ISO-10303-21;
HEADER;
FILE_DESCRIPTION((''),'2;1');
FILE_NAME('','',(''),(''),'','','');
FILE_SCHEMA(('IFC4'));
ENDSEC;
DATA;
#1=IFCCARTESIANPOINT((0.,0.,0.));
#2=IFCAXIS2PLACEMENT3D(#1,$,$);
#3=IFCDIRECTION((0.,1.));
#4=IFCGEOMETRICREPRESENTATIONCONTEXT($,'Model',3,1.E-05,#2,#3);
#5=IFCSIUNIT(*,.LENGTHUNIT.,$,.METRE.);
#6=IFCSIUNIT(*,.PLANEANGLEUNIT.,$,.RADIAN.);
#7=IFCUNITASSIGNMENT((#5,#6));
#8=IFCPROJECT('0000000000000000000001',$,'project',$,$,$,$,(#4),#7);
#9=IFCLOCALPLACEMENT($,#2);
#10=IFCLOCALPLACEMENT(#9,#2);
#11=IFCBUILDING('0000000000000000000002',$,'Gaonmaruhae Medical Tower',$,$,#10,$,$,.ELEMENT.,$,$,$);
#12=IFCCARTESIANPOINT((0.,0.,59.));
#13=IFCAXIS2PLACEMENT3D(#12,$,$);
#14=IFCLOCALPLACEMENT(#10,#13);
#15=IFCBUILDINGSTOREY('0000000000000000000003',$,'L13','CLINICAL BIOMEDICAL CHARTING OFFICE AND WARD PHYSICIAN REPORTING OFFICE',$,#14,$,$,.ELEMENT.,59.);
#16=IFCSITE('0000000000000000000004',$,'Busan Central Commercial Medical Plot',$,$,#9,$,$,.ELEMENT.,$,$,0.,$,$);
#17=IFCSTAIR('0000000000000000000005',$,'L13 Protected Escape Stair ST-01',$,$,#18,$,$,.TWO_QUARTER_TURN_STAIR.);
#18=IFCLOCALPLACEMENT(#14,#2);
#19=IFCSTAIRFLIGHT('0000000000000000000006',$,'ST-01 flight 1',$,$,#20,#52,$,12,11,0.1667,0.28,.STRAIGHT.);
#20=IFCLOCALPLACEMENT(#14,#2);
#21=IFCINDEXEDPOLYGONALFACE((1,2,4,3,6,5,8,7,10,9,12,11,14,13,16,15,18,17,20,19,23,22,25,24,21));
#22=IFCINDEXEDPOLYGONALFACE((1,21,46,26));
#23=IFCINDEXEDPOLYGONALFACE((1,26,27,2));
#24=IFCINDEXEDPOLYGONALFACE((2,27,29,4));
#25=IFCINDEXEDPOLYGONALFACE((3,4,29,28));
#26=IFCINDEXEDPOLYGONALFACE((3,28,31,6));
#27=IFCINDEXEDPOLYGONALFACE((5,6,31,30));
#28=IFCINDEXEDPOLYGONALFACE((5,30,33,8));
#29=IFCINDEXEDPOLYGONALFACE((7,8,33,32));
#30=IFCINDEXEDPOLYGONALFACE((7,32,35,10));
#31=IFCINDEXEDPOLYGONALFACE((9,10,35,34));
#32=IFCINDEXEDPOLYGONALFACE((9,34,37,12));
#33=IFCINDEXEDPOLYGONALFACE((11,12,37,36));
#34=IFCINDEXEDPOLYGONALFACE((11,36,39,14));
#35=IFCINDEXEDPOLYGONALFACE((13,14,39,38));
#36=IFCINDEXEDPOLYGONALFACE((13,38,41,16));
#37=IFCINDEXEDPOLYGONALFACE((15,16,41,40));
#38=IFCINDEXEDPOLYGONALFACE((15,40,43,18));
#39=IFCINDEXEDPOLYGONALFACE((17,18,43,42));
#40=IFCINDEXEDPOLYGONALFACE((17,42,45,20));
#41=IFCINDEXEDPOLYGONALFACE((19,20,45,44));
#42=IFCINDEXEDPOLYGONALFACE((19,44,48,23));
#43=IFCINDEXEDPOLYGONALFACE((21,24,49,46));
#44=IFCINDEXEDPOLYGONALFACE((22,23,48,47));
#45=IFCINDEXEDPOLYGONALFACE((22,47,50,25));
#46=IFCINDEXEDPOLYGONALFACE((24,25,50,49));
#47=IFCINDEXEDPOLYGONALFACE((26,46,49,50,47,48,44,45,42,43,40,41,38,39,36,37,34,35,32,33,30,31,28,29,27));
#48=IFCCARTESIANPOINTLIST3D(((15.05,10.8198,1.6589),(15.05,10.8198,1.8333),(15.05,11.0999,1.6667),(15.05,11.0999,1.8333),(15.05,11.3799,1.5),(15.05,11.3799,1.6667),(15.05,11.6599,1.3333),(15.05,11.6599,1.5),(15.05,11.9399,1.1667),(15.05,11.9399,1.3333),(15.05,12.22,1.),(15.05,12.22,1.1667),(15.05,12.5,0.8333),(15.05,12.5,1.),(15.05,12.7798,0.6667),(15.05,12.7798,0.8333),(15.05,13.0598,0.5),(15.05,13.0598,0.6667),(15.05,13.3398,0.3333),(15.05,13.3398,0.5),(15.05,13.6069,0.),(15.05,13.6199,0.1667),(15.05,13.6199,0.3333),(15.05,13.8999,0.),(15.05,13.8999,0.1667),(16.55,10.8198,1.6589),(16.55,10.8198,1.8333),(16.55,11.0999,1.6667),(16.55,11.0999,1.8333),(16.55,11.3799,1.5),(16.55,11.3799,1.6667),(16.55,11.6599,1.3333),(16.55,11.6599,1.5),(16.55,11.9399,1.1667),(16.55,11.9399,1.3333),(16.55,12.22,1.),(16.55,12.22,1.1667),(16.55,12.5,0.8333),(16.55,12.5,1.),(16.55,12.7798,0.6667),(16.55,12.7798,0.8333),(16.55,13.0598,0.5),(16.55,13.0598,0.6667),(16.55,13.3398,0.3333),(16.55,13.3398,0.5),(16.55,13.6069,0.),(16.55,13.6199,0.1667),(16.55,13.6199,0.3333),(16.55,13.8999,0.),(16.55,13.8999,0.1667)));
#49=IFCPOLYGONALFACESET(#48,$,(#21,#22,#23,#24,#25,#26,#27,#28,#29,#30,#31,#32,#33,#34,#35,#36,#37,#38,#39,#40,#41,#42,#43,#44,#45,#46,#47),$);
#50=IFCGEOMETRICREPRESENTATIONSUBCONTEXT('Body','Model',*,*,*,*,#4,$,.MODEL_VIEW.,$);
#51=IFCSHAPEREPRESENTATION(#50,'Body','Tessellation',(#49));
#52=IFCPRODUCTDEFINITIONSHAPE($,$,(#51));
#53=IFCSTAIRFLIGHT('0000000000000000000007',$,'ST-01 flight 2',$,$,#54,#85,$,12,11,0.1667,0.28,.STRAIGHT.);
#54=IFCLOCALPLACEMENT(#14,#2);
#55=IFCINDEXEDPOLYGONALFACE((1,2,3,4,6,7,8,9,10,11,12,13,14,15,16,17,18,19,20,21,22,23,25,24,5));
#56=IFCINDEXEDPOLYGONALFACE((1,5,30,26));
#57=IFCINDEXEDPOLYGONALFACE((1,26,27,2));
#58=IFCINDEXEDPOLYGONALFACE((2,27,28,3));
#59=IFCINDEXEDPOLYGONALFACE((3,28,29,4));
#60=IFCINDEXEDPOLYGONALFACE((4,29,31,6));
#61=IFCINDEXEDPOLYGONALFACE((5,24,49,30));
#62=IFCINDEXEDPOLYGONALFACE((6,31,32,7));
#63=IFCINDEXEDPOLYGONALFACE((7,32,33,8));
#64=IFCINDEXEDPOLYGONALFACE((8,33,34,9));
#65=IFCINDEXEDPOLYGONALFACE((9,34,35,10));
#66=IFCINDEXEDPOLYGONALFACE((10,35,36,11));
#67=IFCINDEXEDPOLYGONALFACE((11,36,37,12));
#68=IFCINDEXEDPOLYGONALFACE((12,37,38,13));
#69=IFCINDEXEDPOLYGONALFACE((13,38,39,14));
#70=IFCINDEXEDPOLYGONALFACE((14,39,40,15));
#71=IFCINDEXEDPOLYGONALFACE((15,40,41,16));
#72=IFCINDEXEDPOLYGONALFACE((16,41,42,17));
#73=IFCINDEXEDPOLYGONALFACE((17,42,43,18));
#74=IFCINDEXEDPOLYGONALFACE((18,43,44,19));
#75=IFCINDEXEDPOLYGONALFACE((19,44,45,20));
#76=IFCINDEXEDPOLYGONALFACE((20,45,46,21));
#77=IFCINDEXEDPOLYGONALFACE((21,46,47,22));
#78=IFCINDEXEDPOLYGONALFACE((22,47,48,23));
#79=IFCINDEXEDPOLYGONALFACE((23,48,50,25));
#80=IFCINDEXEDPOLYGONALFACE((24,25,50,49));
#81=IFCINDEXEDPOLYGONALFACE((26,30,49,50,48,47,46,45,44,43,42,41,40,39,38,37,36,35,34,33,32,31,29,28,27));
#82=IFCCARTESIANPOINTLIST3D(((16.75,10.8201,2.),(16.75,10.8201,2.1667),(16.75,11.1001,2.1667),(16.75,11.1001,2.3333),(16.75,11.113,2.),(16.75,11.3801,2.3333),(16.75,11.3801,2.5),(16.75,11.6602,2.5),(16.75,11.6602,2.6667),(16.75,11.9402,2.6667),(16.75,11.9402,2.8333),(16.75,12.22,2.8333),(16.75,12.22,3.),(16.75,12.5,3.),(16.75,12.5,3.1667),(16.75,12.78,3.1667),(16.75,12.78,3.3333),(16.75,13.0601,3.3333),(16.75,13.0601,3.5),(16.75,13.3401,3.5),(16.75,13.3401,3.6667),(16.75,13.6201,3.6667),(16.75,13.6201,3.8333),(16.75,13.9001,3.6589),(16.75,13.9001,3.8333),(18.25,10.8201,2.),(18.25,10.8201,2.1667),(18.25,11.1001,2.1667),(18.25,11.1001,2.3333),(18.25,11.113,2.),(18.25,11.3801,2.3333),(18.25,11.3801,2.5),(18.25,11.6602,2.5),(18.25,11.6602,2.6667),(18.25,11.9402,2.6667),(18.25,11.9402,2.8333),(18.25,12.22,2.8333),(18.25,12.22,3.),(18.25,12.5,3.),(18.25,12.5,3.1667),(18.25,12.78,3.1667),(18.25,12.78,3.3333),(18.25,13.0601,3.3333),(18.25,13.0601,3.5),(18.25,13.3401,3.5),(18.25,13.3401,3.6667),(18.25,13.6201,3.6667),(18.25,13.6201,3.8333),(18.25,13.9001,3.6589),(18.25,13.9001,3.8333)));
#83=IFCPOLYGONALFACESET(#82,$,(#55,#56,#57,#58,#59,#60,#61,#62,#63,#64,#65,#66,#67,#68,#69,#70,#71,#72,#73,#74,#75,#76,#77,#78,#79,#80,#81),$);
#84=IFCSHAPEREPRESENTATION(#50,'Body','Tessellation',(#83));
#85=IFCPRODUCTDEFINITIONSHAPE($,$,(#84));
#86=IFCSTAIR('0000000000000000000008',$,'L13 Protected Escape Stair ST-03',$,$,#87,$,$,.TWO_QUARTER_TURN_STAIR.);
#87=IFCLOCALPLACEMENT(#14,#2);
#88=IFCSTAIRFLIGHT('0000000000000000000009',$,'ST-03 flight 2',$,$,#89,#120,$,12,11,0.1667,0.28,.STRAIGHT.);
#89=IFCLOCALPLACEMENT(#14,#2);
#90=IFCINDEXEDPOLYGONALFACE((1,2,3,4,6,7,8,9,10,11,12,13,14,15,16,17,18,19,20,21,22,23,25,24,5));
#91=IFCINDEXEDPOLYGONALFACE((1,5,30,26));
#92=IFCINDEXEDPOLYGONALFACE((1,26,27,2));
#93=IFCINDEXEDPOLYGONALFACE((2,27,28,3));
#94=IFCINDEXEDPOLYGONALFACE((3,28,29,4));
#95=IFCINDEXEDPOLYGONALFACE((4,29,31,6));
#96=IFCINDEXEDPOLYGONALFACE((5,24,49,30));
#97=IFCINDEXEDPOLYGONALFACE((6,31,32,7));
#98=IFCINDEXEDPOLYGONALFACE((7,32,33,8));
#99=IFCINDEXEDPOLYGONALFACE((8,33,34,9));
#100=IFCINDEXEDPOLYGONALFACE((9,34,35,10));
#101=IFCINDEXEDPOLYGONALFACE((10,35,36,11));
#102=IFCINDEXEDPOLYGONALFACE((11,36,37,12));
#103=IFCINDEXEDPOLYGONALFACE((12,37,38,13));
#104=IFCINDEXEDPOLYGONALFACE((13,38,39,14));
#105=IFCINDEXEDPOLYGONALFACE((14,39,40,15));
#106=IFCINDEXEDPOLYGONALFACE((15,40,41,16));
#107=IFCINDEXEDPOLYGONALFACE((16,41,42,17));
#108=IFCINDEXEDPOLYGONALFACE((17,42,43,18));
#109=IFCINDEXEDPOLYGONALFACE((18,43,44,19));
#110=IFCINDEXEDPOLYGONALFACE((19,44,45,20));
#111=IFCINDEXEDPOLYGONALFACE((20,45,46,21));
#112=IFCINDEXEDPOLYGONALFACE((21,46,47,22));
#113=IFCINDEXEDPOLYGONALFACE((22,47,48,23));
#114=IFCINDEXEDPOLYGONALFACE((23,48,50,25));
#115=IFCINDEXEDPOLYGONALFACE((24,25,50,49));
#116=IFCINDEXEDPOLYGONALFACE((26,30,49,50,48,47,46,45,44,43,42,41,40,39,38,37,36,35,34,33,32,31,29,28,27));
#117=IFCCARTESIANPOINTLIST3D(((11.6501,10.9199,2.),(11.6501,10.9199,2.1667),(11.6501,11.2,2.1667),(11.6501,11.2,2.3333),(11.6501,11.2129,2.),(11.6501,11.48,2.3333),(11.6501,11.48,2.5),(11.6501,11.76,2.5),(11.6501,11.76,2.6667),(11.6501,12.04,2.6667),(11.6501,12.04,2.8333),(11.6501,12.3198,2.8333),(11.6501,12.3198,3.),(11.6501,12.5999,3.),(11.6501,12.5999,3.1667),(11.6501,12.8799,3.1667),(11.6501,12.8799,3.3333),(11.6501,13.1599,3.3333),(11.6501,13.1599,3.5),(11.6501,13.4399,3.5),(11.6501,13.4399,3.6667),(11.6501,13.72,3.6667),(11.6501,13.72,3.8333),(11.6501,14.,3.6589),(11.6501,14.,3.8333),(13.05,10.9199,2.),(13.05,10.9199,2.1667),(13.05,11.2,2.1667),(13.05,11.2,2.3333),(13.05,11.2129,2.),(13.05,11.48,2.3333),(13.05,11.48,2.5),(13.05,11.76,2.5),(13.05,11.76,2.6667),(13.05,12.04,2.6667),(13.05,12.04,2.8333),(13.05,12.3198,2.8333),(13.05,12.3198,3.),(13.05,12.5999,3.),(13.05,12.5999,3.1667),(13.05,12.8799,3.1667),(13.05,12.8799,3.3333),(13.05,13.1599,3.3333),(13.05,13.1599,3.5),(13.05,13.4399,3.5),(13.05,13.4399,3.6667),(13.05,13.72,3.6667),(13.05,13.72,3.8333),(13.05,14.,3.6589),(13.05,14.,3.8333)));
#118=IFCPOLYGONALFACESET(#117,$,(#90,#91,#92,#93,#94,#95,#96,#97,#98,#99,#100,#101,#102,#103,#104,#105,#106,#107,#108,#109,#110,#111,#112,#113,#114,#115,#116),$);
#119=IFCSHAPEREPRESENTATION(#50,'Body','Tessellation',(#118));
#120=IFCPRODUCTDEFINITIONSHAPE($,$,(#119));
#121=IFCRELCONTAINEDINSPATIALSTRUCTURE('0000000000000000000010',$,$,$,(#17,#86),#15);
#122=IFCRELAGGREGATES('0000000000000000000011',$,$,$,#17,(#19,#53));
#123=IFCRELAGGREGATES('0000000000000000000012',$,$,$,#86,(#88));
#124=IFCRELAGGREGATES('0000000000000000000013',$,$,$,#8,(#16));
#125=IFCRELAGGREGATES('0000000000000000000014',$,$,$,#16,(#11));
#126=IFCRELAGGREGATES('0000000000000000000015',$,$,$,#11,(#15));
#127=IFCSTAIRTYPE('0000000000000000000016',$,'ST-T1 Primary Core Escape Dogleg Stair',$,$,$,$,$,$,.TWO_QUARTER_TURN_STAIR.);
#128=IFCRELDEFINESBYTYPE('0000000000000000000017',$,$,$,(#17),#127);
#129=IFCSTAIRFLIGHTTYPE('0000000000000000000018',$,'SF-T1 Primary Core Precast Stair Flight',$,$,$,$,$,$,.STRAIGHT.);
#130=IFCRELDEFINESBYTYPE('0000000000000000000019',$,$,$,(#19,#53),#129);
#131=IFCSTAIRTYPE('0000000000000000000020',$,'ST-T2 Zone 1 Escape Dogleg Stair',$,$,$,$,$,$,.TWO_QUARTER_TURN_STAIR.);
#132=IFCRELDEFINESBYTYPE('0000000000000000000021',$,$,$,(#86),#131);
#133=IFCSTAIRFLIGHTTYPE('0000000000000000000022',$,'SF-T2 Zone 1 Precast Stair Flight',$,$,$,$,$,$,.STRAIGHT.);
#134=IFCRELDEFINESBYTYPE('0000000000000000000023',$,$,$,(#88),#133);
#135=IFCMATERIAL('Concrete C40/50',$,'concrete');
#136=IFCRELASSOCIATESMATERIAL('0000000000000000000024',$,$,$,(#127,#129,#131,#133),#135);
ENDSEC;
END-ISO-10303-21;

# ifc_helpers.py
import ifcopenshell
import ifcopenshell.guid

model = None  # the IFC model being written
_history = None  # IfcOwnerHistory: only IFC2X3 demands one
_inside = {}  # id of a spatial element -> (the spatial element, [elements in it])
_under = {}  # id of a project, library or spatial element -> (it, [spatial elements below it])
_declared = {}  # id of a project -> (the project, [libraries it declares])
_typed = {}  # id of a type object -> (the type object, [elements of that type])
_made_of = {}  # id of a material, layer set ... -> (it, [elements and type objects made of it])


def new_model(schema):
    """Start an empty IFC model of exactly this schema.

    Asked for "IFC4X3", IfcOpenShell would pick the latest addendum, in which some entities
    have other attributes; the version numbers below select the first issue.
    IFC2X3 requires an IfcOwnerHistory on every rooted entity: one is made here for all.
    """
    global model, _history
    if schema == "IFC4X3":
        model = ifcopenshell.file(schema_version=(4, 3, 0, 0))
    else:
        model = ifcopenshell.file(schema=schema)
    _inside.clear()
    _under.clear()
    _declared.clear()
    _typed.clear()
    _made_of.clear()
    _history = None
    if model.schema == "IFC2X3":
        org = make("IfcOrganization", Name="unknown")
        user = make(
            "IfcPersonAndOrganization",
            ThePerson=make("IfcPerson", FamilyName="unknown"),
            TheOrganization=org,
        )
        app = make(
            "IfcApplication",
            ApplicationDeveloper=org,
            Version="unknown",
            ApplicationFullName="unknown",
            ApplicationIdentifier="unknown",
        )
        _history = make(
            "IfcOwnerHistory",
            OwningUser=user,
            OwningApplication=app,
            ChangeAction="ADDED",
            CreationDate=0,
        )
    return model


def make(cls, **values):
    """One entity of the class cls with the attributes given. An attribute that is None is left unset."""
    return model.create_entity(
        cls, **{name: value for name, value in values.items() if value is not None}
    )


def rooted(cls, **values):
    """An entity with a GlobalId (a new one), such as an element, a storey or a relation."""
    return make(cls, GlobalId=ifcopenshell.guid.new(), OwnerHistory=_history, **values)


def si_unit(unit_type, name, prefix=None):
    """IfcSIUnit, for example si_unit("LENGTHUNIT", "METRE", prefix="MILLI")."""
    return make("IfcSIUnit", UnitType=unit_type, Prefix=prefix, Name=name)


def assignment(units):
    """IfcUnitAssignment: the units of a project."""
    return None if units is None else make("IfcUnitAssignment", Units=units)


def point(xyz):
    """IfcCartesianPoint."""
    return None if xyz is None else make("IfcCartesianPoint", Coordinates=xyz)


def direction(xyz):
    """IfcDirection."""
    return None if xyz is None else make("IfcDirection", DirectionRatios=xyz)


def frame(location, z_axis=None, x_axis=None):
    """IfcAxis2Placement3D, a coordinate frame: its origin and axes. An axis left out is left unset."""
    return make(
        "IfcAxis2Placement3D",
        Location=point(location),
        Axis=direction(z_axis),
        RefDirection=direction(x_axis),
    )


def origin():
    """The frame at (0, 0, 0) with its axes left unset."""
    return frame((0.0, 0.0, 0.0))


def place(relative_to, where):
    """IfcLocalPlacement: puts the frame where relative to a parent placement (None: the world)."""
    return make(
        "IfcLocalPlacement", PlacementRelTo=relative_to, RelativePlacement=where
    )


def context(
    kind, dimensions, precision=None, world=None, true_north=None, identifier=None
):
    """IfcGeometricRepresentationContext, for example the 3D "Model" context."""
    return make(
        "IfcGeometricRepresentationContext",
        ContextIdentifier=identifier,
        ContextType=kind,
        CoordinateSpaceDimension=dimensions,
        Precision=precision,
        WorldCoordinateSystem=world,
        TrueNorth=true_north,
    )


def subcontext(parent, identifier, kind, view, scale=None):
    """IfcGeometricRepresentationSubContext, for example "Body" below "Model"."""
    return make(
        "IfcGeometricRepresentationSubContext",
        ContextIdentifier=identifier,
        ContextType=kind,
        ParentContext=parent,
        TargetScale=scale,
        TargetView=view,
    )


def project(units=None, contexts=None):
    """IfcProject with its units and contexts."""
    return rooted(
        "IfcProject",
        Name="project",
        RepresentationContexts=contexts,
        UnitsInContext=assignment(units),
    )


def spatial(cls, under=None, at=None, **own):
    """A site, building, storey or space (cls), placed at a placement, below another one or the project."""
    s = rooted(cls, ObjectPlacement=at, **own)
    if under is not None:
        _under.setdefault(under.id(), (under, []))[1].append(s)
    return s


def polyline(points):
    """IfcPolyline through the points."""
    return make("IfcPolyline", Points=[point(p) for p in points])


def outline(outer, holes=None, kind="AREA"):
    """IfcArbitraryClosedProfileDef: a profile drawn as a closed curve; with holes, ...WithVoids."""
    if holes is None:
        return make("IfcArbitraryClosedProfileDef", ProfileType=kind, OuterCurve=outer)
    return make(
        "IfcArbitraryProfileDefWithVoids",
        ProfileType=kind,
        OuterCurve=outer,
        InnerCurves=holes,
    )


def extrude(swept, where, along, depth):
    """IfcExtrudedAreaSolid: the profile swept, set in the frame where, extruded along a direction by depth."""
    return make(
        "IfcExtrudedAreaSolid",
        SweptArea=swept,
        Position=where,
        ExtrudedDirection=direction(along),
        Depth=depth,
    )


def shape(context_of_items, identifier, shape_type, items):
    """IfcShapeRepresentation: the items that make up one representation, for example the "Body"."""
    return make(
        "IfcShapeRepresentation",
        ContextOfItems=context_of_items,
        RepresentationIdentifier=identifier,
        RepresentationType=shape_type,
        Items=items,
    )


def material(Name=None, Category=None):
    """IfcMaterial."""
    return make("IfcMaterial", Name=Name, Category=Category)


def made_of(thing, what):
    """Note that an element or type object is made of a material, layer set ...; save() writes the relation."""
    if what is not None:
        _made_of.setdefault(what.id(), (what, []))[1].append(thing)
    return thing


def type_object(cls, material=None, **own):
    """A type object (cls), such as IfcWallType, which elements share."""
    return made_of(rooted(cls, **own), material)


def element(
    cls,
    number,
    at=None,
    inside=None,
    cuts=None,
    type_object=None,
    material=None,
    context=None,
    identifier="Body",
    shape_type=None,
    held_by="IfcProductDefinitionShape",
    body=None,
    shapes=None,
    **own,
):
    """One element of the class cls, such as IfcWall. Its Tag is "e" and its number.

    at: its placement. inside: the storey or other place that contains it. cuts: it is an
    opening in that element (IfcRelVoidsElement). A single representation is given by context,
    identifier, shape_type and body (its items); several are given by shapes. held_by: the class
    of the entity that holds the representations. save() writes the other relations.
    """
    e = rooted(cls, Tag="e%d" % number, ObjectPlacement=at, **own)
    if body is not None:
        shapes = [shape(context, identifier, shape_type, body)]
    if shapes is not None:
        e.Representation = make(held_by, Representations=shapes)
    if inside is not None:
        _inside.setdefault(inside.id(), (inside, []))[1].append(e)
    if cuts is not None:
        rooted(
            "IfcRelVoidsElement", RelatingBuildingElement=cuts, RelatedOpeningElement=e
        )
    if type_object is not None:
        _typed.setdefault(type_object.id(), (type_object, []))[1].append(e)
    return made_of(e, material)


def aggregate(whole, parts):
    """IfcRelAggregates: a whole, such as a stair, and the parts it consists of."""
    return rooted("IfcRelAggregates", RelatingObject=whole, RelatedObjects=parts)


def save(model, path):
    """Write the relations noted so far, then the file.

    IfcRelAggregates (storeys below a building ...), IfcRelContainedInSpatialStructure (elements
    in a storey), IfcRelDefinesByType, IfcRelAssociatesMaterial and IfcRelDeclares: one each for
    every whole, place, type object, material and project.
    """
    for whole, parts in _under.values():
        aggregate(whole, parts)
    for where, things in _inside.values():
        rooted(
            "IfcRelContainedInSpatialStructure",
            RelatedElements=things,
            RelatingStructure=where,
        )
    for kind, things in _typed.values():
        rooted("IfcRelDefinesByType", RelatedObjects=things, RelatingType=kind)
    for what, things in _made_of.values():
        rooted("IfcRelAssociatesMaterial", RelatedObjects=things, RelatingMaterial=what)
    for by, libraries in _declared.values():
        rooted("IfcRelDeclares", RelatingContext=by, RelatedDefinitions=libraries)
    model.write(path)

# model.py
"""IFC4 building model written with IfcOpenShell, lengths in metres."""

from ifc_helpers import new_model, si_unit, direction, frame, origin, place, context, subcontext, project, spatial, polyline, outline, extrude, material, type_object, element, aggregate, save


model = new_model("IFC4")

# Units and contexts
model_context = context("Model", 3, precision=1e-05, world=origin(), true_north=direction((0.0, 1.0)))
body_context = subcontext(model_context, "Body", "Model", "MODEL_VIEW")
ifc_project = project(units=[si_unit("LENGTHUNIT", "METRE"), si_unit("PLANEANGLEUNIT", "RADIAN")], contexts=[model_context])

# Site, building, storey
site_placement = place(None, origin())
site = spatial("IfcSite", under=ifc_project, at=site_placement, Name="Busan Central Commercial Medical Plot", CompositionType="ELEMENT", RefElevation=0.0)
building_placement = place(site_placement, origin())
building = spatial("IfcBuilding", under=site, at=building_placement, Name="Gaonmaruhae Medical Tower", CompositionType="ELEMENT")
storey_placement = place(building_placement, frame((0.0, 0.0, 59.0)))
storey = spatial("IfcBuildingStorey", under=building, at=storey_placement, Name="L13", Description="CLINICAL BIOMEDICAL CHARTING OFFICE AND WARD PHYSICIAN REPORTING OFFICE", CompositionType="ELEMENT", Elevation=59.0)

# Stair, stair flights
ifc_material_1 = material(Name="Concrete C40/50", Category="concrete")
stair_type_1 = type_object("IfcStairType", Name="ST-T1 Primary Core Escape Dogleg Stair", PredefinedType="TWO_QUARTER_TURN_STAIR", material=ifc_material_1)
stair_1_placement = place(storey_placement, origin())
stair_1 = element("IfcStair", 1, at=stair_1_placement, inside=storey, type_object=stair_type_1, Name="L13 Protected Escape Stair ST-01", PredefinedType="TWO_QUARTER_TURN_STAIR")
stair_flight_type_1 = type_object("IfcStairFlightType", Name="SF-T1 Primary Core Precast Stair Flight", PredefinedType="STRAIGHT", material=ifc_material_1)
stair_flight_1_placement = place(storey_placement, frame((15.8, 13.8999, 0.0), z_axis=(0.0, 0.0, 1.0), x_axis=(0.0, -1.0, 0.0)))
stair_flight_1 = element("IfcStairFlight", 2, at=stair_flight_1_placement, type_object=stair_flight_type_1, Name="ST-01 flight 1", NumberOfRisers=12, NumberOfTreads=11, PredefinedType="STRAIGHT", RiserHeight=0.1667, TreadLength=0.28, context=body_context, shape_type="SweptSolid", body=[
    extrude(outline(polyline([(0.0, 0.0), (0.0, 0.1667), (0.28, 0.1667), (0.28, 0.3333), (0.5601, 0.3333), (0.5601, 0.5), (0.8401, 0.5), (0.8401, 0.6667), (1.1201, 0.6667), (1.1201, 0.8333), (1.3999, 0.8333), (1.3999, 1.0), (1.6799, 1.0), (1.6799, 1.1667), (1.96, 1.1667), (1.96, 1.3333), (2.24, 1.3333), (2.24, 1.5), (2.52, 1.5), (2.52, 1.6667), (2.8, 1.6667), (2.8, 1.8333), (3.0801, 1.8333), (3.0801, 2.0), (3.0801, 1.6589), (0.293, 0.0), (0.0, 0.0)])), frame((0.0, 0.75, 0.0), z_axis=(0.0, -1.0, 0.0), x_axis=(1.0, 0.0, 0.0)), (0.0, 0.0, 1.0), 1.5),
])
stair_flight_2_placement = place(storey_placement, frame((17.5, 10.8201, 2.0), z_axis=(0.0, 0.0, 1.0), x_axis=(0.0, 1.0, 0.0)))
stair_flight_2 = element("IfcStairFlight", 3, at=stair_flight_2_placement, type_object=stair_flight_type_1, Name="ST-01 flight 2", NumberOfRisers=12, NumberOfTreads=11, PredefinedType="STRAIGHT", RiserHeight=0.1667, TreadLength=0.28, context=body_context, shape_type="SweptSolid", body=[
    extrude(outline(polyline([(0.0, 0.0), (0.0, 0.1667), (0.28, 0.1667), (0.28, 0.3333), (0.5601, 0.3333), (0.5601, 0.5), (0.8401, 0.5), (0.8401, 0.6667), (1.1201, 0.6667), (1.1201, 0.8333), (1.3999, 0.8333), (1.3999, 1.0), (1.6799, 1.0), (1.6799, 1.1667), (1.96, 1.1667), (1.96, 1.3333), (2.24, 1.3333), (2.24, 1.5), (2.52, 1.5), (2.52, 1.6667), (2.8, 1.6667), (2.8, 1.8333), (3.0801, 1.8333), (3.0801, 2.0), (3.0801, 1.6589), (0.293, 0.0), (0.0, 0.0)])), frame((0.0, 0.75, 0.0), z_axis=(0.0, -1.0, 0.0), x_axis=(1.0, 0.0, 0.0)), (0.0, 0.0, 1.0), 1.5),
])
aggregate(stair_1, [stair_flight_1, stair_flight_2])

# Stair, stair flight
stair_type_2 = type_object("IfcStairType", Name="ST-T2 Zone 1 Escape Dogleg Stair", PredefinedType="TWO_QUARTER_TURN_STAIR", material=ifc_material_1)
stair_2_placement = place(storey_placement, origin())
stair_2 = element("IfcStair", 4, at=stair_2_placement, inside=storey, type_object=stair_type_2, Name="L13 Protected Escape Stair ST-03", PredefinedType="TWO_QUARTER_TURN_STAIR")
stair_flight_type_2 = type_object("IfcStairFlightType", Name="SF-T2 Zone 1 Precast Stair Flight", PredefinedType="STRAIGHT", material=ifc_material_1)
stair_flight_3_placement = place(storey_placement, frame((12.3501, 10.9199, 2.0), z_axis=(0.0, 0.0, 1.0), x_axis=(0.0, 1.0, 0.0)))
stair_flight_3 = element("IfcStairFlight", 5, at=stair_flight_3_placement, type_object=stair_flight_type_2, Name="ST-03 flight 2", NumberOfRisers=12, NumberOfTreads=11, PredefinedType="STRAIGHT", RiserHeight=0.1667, TreadLength=0.28, context=body_context, shape_type="SweptSolid", body=[
    extrude(outline(polyline([(0.0, 0.0), (0.0, 0.1667), (0.28, 0.1667), (0.28, 0.3333), (0.5601, 0.3333), (0.5601, 0.5), (0.8401, 0.5), (0.8401, 0.6667), (1.1201, 0.6667), (1.1201, 0.8333), (1.3999, 0.8333), (1.3999, 1.0), (1.6799, 1.0), (1.6799, 1.1667), (1.96, 1.1667), (1.96, 1.3333), (2.24, 1.3333), (2.24, 1.5), (2.52, 1.5), (2.52, 1.6667), (2.8, 1.6667), (2.8, 1.8333), (3.0801, 1.8333), (3.0801, 2.0), (3.0801, 1.6589), (0.293, 0.0), (0.0, 0.0)])), frame((0.0, 0.7, 0.0), z_axis=(0.0, -1.0, 0.0), x_axis=(1.0, 0.0, 0.0)), (0.0, 0.0, 1.0), 1.3999),
])
aggregate(stair_2, [stair_flight_3])

save(model, "model.ifc")
